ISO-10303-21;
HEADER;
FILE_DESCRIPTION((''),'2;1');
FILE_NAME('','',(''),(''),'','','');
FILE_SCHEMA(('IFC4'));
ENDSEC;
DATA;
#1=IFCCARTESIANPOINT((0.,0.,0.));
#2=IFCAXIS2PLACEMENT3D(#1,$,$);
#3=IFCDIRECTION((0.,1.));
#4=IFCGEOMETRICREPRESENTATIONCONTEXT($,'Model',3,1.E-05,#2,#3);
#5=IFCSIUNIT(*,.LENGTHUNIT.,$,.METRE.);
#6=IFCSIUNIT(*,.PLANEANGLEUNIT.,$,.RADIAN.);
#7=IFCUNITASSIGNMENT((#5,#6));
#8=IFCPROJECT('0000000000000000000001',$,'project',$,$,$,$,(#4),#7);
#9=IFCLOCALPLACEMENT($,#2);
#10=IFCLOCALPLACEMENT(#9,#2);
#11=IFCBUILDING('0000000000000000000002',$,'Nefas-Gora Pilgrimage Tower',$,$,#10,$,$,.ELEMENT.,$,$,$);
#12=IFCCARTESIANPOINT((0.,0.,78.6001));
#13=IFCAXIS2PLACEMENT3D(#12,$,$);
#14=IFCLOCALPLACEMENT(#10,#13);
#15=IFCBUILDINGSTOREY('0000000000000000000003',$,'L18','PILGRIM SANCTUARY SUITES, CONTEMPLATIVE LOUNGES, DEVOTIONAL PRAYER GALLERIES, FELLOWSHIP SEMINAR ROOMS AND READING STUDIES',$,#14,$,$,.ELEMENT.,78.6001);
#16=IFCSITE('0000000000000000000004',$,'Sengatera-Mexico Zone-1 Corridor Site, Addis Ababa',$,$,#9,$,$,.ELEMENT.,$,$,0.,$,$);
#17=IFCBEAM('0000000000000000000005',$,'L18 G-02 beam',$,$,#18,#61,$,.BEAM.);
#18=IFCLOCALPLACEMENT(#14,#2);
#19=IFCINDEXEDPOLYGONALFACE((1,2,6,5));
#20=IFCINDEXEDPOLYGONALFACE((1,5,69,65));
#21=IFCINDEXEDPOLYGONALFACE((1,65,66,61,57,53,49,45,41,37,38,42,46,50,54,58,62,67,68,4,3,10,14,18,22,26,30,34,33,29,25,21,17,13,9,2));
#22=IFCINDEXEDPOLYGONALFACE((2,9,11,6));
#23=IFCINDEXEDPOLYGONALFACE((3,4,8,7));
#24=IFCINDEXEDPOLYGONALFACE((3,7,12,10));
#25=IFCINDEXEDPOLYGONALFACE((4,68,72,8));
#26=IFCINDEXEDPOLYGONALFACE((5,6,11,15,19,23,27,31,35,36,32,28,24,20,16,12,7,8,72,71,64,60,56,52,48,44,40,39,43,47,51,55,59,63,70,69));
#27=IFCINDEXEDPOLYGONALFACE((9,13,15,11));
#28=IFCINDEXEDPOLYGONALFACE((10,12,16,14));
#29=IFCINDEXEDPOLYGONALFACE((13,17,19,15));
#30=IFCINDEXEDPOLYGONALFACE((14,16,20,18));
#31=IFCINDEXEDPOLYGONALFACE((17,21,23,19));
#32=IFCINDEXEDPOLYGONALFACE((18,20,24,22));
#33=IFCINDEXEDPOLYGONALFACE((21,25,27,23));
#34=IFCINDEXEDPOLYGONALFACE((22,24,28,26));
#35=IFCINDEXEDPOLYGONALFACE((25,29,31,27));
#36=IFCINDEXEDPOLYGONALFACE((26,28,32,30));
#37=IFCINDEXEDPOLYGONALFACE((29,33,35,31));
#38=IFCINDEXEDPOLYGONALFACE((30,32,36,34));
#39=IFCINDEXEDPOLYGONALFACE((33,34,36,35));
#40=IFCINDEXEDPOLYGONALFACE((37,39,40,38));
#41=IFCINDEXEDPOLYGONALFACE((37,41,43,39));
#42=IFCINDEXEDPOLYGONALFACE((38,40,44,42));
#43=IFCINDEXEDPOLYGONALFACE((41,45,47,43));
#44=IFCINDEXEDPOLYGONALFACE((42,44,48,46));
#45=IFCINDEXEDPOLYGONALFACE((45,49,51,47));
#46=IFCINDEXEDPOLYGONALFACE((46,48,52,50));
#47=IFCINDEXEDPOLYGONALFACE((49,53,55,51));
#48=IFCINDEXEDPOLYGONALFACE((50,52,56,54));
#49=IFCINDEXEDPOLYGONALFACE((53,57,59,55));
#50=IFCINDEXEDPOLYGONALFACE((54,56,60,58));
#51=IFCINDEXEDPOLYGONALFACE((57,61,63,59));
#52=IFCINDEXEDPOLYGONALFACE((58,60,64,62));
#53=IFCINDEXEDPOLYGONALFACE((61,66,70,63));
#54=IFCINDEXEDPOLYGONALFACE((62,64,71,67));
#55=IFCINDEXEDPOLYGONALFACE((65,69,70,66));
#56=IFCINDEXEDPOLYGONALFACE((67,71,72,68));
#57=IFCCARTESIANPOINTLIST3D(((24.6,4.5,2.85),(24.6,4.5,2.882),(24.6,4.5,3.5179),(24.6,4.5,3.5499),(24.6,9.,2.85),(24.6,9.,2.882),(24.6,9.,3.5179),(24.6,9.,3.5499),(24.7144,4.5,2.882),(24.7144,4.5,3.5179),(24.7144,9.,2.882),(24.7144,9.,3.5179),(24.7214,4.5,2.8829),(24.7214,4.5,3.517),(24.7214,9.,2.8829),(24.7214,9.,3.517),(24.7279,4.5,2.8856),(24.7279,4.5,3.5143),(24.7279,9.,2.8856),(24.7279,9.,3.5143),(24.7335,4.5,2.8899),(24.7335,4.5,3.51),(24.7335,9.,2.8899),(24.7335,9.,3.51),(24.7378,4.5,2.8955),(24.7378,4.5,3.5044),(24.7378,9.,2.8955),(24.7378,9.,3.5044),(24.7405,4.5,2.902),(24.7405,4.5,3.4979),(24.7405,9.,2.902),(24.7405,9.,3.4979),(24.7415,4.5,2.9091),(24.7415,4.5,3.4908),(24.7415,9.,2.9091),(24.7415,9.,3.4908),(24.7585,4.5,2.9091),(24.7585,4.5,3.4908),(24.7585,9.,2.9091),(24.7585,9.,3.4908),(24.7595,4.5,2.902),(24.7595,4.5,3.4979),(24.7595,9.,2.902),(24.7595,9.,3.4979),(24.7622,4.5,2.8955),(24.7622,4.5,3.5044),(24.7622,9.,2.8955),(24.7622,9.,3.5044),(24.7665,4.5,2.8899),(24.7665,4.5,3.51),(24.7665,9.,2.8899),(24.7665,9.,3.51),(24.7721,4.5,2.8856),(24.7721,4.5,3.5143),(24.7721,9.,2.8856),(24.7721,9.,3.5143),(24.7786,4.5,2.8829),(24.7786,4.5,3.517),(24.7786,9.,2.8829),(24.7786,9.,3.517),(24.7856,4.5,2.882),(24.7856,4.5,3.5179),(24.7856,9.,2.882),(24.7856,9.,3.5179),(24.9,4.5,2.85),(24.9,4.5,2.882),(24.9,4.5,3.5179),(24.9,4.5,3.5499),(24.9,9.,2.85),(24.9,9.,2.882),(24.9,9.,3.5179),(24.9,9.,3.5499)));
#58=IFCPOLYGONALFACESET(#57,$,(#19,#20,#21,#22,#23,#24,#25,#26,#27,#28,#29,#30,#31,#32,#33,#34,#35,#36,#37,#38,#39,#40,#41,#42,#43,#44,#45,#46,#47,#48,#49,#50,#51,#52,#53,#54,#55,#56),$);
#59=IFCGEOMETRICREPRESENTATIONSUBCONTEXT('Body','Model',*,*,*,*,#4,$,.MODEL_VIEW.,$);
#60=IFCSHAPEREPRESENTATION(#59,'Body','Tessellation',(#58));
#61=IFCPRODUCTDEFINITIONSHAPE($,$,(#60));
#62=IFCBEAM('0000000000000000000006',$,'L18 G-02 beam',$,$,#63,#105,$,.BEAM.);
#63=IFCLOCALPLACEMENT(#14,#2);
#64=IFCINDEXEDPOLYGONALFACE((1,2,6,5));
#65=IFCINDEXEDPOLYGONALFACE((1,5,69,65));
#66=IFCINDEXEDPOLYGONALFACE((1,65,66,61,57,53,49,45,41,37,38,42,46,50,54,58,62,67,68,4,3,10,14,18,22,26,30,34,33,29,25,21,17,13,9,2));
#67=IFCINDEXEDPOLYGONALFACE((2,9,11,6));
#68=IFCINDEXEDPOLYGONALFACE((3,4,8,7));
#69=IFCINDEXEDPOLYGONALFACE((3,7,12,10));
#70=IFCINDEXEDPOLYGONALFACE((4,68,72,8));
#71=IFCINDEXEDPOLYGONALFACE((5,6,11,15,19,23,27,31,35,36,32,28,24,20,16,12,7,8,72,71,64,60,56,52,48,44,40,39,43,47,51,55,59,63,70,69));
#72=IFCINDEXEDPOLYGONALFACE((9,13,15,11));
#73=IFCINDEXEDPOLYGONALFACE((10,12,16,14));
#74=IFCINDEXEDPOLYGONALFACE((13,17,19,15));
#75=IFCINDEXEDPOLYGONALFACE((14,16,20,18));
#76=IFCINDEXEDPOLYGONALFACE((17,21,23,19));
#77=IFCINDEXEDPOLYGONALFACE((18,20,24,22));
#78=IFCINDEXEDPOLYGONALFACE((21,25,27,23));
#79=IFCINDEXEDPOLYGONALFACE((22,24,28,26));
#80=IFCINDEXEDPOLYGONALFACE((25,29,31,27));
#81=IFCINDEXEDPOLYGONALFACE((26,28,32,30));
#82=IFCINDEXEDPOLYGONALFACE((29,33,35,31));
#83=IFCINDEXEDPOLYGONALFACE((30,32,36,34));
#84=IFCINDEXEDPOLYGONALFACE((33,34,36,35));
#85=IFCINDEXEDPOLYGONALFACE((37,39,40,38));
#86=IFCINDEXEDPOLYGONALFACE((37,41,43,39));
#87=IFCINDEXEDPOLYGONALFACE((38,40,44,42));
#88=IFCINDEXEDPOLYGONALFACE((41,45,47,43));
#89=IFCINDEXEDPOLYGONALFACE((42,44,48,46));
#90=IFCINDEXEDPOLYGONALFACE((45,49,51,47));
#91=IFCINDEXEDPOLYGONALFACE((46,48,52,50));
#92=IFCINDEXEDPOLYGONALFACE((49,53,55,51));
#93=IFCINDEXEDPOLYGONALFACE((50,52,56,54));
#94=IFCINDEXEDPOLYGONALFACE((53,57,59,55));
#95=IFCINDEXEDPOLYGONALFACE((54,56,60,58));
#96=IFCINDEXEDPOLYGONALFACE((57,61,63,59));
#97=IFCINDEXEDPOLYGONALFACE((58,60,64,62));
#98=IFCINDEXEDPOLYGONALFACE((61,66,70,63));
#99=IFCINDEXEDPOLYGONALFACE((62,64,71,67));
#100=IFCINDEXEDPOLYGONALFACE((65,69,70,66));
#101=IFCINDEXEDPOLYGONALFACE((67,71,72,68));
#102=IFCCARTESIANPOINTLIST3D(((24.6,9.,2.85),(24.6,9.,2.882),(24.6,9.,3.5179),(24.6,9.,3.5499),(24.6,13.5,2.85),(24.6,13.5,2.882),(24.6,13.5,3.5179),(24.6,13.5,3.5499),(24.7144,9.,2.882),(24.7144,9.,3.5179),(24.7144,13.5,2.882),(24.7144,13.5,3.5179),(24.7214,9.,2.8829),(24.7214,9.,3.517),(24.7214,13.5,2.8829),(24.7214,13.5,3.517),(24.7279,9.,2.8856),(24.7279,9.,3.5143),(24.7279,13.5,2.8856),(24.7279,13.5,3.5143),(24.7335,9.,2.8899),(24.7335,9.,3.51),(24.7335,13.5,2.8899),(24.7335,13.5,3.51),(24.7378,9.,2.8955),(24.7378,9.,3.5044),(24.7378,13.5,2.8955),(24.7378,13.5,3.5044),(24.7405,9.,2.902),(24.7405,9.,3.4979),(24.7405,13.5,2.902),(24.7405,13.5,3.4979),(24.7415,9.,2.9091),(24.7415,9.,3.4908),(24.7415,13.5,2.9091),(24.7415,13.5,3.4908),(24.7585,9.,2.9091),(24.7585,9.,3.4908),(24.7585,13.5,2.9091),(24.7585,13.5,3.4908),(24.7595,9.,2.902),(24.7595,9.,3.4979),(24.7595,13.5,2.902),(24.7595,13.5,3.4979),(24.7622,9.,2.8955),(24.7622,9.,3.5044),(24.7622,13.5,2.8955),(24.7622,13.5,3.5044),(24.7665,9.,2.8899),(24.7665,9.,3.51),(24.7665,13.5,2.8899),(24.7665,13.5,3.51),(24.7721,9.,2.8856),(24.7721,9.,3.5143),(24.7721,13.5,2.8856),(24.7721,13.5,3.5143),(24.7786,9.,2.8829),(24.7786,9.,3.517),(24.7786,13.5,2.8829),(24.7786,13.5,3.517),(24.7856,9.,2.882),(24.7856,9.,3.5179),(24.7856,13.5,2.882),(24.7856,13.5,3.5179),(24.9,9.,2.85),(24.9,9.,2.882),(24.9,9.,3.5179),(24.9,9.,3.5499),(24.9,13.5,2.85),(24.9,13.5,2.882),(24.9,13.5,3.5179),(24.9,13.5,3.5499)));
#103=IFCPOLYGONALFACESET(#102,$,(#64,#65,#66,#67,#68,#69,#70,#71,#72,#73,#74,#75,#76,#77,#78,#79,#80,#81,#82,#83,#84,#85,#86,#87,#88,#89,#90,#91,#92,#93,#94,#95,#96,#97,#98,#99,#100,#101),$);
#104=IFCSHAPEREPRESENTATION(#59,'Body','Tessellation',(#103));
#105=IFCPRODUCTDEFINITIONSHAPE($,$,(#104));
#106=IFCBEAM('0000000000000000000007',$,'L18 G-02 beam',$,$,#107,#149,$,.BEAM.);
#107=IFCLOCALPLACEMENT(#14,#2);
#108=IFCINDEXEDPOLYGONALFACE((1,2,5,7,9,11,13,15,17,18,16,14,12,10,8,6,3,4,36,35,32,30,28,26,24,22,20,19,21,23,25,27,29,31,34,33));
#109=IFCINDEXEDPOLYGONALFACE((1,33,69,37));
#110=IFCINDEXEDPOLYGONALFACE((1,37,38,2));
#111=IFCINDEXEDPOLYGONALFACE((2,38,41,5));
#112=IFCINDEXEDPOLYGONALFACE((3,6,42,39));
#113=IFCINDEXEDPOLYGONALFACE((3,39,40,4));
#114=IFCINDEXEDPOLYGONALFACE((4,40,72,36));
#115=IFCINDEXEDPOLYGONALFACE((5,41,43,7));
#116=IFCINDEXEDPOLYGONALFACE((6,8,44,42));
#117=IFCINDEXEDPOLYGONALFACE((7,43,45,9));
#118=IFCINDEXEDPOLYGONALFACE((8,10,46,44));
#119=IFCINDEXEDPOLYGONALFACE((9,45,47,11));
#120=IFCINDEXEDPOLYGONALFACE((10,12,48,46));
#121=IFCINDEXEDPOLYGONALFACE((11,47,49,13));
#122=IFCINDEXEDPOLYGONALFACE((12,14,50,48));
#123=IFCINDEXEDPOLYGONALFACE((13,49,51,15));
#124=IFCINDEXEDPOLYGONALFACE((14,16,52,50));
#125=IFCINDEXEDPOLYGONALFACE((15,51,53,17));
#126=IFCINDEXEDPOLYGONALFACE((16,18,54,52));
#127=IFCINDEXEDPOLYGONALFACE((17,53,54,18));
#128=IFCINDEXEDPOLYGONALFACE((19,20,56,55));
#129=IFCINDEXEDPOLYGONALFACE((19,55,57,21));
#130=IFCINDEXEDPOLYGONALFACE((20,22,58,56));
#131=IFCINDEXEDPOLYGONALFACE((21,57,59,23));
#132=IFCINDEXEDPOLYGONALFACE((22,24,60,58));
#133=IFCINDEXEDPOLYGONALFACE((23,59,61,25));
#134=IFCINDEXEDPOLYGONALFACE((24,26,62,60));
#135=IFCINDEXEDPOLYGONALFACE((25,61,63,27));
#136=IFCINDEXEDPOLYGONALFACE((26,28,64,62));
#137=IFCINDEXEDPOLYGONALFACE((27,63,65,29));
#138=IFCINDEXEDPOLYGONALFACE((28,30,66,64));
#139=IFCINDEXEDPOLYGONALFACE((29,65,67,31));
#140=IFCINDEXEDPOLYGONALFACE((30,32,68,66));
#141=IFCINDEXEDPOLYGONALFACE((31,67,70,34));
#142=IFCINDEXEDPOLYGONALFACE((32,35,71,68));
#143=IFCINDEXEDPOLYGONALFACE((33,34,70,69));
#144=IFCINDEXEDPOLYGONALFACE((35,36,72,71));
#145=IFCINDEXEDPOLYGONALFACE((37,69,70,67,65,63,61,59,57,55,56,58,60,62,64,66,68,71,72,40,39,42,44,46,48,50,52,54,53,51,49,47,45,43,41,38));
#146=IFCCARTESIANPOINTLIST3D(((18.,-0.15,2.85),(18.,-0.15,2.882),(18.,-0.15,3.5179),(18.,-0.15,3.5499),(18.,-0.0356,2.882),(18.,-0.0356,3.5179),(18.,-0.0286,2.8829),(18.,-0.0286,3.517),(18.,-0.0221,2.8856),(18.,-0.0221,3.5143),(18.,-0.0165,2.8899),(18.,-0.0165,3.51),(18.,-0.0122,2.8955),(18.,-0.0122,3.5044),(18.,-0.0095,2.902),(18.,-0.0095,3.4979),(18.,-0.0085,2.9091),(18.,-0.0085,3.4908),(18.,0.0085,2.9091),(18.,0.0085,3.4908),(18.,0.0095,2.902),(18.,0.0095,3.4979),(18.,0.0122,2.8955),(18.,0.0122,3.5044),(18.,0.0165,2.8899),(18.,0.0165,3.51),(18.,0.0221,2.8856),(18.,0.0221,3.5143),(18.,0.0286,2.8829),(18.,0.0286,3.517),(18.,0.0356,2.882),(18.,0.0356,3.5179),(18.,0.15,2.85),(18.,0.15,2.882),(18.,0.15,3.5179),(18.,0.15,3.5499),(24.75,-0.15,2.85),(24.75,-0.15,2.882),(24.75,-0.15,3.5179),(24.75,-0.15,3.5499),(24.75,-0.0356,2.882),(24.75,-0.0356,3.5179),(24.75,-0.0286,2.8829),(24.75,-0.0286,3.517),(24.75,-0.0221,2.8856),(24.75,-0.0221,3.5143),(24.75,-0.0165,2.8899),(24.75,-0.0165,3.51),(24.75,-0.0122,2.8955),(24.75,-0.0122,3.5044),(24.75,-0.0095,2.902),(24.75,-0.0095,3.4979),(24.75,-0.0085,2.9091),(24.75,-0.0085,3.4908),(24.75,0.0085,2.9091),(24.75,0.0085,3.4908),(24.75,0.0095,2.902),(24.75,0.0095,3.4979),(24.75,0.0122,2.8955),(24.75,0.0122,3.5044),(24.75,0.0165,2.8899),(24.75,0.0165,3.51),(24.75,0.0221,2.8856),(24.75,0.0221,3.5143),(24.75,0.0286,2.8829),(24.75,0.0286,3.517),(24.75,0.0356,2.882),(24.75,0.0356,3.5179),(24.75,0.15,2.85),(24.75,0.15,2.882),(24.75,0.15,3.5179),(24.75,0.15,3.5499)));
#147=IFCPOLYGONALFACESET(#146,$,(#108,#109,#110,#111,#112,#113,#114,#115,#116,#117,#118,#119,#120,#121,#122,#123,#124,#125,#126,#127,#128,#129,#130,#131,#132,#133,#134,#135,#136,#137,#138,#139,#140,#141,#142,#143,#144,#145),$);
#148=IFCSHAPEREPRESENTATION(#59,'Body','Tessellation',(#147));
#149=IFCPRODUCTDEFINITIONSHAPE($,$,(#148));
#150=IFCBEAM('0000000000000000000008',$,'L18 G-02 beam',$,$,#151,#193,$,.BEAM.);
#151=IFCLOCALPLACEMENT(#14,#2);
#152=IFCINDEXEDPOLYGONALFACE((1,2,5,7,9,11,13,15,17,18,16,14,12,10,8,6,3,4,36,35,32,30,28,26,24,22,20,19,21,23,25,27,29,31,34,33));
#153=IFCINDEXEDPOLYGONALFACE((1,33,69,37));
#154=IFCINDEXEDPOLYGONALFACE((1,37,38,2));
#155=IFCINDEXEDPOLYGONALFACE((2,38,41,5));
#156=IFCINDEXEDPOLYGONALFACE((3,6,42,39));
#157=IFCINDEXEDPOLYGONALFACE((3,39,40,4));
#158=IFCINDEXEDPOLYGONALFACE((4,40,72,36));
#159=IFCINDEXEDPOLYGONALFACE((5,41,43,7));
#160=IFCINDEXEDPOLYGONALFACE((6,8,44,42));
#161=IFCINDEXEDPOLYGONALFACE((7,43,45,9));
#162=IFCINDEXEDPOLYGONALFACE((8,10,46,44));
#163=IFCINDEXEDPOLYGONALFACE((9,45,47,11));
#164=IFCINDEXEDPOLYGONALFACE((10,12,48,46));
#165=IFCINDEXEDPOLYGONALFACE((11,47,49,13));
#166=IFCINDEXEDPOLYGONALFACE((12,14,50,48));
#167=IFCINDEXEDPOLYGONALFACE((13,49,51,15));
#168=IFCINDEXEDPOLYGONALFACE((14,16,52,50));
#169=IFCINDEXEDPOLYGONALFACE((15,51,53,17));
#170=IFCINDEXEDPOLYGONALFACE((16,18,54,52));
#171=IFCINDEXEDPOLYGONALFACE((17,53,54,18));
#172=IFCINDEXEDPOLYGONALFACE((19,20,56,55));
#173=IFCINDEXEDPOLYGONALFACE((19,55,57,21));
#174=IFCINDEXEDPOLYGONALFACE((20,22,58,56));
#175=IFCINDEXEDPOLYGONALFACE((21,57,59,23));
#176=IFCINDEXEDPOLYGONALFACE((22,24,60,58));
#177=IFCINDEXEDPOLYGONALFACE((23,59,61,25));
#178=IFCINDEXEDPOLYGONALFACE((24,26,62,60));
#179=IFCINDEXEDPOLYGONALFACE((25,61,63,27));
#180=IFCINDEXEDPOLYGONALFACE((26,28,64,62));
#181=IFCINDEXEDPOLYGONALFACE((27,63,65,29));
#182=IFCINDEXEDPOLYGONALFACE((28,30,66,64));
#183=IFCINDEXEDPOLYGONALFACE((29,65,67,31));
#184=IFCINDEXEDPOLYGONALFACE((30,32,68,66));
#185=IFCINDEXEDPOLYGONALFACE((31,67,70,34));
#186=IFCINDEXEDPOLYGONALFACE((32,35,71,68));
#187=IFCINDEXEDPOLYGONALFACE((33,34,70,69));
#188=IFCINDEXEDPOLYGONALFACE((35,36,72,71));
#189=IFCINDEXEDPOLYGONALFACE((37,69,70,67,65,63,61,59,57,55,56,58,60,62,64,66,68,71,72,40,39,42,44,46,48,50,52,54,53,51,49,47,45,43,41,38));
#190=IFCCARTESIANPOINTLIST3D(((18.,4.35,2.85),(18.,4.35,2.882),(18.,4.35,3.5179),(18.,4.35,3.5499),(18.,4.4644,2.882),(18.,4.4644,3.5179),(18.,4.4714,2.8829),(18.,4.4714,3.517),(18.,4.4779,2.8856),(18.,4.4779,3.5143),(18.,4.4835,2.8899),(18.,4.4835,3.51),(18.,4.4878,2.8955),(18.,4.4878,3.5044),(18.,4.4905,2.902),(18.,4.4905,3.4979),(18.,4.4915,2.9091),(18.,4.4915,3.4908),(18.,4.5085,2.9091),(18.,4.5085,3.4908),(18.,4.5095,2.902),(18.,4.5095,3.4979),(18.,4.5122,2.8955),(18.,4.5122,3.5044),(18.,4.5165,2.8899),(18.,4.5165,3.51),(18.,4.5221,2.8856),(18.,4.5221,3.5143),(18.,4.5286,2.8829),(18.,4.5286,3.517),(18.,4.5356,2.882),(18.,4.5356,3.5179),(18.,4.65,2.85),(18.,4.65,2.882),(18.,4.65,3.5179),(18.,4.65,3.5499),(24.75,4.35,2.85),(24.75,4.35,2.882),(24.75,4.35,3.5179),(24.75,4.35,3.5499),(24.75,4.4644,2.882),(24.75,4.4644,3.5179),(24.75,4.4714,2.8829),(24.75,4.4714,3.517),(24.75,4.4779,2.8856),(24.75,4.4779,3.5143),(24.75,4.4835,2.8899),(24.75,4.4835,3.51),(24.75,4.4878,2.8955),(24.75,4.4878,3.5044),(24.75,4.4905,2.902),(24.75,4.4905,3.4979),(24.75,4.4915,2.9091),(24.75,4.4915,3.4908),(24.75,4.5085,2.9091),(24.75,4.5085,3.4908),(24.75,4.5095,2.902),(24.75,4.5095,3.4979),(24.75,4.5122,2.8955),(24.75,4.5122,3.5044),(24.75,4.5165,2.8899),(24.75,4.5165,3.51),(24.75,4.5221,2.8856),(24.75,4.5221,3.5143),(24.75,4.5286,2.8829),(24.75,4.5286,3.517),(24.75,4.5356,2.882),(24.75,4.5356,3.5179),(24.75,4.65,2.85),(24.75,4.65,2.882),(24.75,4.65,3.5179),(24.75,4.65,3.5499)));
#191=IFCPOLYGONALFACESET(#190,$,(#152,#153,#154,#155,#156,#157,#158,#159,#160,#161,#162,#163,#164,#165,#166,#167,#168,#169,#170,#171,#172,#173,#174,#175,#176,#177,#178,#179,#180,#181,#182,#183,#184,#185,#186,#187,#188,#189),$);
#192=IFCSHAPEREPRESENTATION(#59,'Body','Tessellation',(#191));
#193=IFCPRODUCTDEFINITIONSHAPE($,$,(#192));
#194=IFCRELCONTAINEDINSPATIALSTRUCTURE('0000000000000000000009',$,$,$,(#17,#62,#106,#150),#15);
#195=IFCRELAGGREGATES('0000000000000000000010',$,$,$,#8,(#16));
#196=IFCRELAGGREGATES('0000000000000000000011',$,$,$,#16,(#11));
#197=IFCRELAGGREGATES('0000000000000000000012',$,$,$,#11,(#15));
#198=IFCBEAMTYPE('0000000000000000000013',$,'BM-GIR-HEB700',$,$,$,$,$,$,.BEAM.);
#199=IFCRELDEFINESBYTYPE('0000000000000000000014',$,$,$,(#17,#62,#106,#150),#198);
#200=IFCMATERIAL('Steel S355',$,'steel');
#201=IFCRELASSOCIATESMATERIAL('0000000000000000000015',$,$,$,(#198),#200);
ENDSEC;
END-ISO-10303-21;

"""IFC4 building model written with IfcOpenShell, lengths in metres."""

from ifc_helpers import new_model, si_unit, direction, frame, origin, origin_2d, place, context, subcontext, project, spatial, i_section, extrude, source, transform, mapped, material, material_profile, profile_set, type_object, element, save


model = new_model("IFC4")

# Units and contexts
model_context = context("Model", 3, precision=1e-05, world=origin(), true_north=direction((0.0, 1.0)))
body_context = subcontext(model_context, "Body", "Model", "MODEL_VIEW")
ifc_project = project(units=[si_unit("LENGTHUNIT", "METRE"), si_unit("PLANEANGLEUNIT", "RADIAN")], contexts=[model_context])

# Site, building, storey
site_placement = place(None, origin())
site = spatial("IfcSite", under=ifc_project, at=site_placement, Name="Sengatera-Mexico Zone-1 Corridor Site, Addis Ababa", CompositionType="ELEMENT", RefElevation=0.0)
building_placement = place(site_placement, origin())
building = spatial("IfcBuilding", under=site, at=building_placement, Name="Nefas-Gora Pilgrimage Tower", CompositionType="ELEMENT")
storey_placement = place(building_placement, frame((0.0, 0.0, 78.6001)))
storey = spatial("IfcBuildingStorey", under=building, at=storey_placement, Name="L18", Description="PILGRIM SANCTUARY SUITES, CONTEMPLATIVE LOUNGES, DEVOTIONAL PRAYER GALLERIES, FELLOWSHIP SEMINAR ROOMS AND READING STUDIES", CompositionType="ELEMENT", Elevation=78.6001)

# Beams
ifc_material_1 = material(Name="Steel S355", Category="steel")
ifc_material_profile_1 = material_profile(ifc_material_1, i_section(OverallWidth=0.3, OverallDepth=0.7, WebThickness=0.0171, FlangeThickness=0.032, FilletRadius=0.0271, at=origin_2d()), Name="HEB 700")
ifc_profile_set_1 = profile_set([ifc_material_profile_1], Name="Steel S355")
beam_type_1 = type_object("IfcBeamType", Name="BM-GIR-HEB700", PredefinedType="BEAM", material=ifc_profile_set_1)
shared_shape_1 = source(origin(), body_context, "Body", "SweptSolid", [
    extrude(i_section(OverallWidth=0.3, OverallDepth=0.7, WebThickness=0.0171, FlangeThickness=0.032, FilletRadius=0.0271, at=origin_2d()), origin(), (0.0, 0.0, 1.0), 4.5),
])
for number, where, z_axis, x_axis, name in (
    (1, (24.75, 4.5, 3.2), (0.0, 1.0, 0.0), (-1.0, 0.0, 0.0), "L18 G-02 beam"),
    (2, (24.75, 9.0, 3.2), (0.0, 1.0, 0.0), (-1.0, 0.0, 0.0), "L18 G-02 beam"),
):
    element("IfcBeam", number, at=place(storey_placement, frame(where, z_axis=z_axis, x_axis=x_axis)), inside=storey, type_object=beam_type_1, Name=name, PredefinedType="BEAM", context=body_context, shape_type="MappedRepresentation", body=[
        mapped(shared_shape_1, transform((0.0, 0.0, 0.0), x_axis=(1.0, 0.0, 0.0), y_axis=(0.0, 1.0, 0.0), z_axis=(0.0, 0.0, 1.0), scale=1.0)),
    ])
shared_shape_2 = source(origin(), body_context, "Body", "SweptSolid", [
    extrude(i_section(OverallWidth=0.3, OverallDepth=0.7, WebThickness=0.0171, FlangeThickness=0.032, FilletRadius=0.0271, at=origin_2d()), origin(), (0.0, 0.0, 1.0), 6.75),
])
for number, where, z_axis, x_axis, name in (
    (3, (18.0, 0.0, 3.2), (1.0, 0.0, 0.0), (0.0, 1.0, 0.0), "L18 G-02 beam"),
    (4, (18.0, 4.5, 3.2), (1.0, 0.0, 0.0), (0.0, 1.0, 0.0), "L18 G-02 beam"),
):
    element("IfcBeam", number, at=place(storey_placement, frame(where, z_axis=z_axis, x_axis=x_axis)), inside=storey, type_object=beam_type_1, Name=name, PredefinedType="BEAM", context=body_context, shape_type="MappedRepresentation", body=[
        mapped(shared_shape_2, transform((0.0, 0.0, 0.0), x_axis=(1.0, 0.0, 0.0), y_axis=(0.0, 1.0, 0.0), z_axis=(0.0, 0.0, 1.0), scale=1.0)),
    ])

save(model, "model.ifc")
